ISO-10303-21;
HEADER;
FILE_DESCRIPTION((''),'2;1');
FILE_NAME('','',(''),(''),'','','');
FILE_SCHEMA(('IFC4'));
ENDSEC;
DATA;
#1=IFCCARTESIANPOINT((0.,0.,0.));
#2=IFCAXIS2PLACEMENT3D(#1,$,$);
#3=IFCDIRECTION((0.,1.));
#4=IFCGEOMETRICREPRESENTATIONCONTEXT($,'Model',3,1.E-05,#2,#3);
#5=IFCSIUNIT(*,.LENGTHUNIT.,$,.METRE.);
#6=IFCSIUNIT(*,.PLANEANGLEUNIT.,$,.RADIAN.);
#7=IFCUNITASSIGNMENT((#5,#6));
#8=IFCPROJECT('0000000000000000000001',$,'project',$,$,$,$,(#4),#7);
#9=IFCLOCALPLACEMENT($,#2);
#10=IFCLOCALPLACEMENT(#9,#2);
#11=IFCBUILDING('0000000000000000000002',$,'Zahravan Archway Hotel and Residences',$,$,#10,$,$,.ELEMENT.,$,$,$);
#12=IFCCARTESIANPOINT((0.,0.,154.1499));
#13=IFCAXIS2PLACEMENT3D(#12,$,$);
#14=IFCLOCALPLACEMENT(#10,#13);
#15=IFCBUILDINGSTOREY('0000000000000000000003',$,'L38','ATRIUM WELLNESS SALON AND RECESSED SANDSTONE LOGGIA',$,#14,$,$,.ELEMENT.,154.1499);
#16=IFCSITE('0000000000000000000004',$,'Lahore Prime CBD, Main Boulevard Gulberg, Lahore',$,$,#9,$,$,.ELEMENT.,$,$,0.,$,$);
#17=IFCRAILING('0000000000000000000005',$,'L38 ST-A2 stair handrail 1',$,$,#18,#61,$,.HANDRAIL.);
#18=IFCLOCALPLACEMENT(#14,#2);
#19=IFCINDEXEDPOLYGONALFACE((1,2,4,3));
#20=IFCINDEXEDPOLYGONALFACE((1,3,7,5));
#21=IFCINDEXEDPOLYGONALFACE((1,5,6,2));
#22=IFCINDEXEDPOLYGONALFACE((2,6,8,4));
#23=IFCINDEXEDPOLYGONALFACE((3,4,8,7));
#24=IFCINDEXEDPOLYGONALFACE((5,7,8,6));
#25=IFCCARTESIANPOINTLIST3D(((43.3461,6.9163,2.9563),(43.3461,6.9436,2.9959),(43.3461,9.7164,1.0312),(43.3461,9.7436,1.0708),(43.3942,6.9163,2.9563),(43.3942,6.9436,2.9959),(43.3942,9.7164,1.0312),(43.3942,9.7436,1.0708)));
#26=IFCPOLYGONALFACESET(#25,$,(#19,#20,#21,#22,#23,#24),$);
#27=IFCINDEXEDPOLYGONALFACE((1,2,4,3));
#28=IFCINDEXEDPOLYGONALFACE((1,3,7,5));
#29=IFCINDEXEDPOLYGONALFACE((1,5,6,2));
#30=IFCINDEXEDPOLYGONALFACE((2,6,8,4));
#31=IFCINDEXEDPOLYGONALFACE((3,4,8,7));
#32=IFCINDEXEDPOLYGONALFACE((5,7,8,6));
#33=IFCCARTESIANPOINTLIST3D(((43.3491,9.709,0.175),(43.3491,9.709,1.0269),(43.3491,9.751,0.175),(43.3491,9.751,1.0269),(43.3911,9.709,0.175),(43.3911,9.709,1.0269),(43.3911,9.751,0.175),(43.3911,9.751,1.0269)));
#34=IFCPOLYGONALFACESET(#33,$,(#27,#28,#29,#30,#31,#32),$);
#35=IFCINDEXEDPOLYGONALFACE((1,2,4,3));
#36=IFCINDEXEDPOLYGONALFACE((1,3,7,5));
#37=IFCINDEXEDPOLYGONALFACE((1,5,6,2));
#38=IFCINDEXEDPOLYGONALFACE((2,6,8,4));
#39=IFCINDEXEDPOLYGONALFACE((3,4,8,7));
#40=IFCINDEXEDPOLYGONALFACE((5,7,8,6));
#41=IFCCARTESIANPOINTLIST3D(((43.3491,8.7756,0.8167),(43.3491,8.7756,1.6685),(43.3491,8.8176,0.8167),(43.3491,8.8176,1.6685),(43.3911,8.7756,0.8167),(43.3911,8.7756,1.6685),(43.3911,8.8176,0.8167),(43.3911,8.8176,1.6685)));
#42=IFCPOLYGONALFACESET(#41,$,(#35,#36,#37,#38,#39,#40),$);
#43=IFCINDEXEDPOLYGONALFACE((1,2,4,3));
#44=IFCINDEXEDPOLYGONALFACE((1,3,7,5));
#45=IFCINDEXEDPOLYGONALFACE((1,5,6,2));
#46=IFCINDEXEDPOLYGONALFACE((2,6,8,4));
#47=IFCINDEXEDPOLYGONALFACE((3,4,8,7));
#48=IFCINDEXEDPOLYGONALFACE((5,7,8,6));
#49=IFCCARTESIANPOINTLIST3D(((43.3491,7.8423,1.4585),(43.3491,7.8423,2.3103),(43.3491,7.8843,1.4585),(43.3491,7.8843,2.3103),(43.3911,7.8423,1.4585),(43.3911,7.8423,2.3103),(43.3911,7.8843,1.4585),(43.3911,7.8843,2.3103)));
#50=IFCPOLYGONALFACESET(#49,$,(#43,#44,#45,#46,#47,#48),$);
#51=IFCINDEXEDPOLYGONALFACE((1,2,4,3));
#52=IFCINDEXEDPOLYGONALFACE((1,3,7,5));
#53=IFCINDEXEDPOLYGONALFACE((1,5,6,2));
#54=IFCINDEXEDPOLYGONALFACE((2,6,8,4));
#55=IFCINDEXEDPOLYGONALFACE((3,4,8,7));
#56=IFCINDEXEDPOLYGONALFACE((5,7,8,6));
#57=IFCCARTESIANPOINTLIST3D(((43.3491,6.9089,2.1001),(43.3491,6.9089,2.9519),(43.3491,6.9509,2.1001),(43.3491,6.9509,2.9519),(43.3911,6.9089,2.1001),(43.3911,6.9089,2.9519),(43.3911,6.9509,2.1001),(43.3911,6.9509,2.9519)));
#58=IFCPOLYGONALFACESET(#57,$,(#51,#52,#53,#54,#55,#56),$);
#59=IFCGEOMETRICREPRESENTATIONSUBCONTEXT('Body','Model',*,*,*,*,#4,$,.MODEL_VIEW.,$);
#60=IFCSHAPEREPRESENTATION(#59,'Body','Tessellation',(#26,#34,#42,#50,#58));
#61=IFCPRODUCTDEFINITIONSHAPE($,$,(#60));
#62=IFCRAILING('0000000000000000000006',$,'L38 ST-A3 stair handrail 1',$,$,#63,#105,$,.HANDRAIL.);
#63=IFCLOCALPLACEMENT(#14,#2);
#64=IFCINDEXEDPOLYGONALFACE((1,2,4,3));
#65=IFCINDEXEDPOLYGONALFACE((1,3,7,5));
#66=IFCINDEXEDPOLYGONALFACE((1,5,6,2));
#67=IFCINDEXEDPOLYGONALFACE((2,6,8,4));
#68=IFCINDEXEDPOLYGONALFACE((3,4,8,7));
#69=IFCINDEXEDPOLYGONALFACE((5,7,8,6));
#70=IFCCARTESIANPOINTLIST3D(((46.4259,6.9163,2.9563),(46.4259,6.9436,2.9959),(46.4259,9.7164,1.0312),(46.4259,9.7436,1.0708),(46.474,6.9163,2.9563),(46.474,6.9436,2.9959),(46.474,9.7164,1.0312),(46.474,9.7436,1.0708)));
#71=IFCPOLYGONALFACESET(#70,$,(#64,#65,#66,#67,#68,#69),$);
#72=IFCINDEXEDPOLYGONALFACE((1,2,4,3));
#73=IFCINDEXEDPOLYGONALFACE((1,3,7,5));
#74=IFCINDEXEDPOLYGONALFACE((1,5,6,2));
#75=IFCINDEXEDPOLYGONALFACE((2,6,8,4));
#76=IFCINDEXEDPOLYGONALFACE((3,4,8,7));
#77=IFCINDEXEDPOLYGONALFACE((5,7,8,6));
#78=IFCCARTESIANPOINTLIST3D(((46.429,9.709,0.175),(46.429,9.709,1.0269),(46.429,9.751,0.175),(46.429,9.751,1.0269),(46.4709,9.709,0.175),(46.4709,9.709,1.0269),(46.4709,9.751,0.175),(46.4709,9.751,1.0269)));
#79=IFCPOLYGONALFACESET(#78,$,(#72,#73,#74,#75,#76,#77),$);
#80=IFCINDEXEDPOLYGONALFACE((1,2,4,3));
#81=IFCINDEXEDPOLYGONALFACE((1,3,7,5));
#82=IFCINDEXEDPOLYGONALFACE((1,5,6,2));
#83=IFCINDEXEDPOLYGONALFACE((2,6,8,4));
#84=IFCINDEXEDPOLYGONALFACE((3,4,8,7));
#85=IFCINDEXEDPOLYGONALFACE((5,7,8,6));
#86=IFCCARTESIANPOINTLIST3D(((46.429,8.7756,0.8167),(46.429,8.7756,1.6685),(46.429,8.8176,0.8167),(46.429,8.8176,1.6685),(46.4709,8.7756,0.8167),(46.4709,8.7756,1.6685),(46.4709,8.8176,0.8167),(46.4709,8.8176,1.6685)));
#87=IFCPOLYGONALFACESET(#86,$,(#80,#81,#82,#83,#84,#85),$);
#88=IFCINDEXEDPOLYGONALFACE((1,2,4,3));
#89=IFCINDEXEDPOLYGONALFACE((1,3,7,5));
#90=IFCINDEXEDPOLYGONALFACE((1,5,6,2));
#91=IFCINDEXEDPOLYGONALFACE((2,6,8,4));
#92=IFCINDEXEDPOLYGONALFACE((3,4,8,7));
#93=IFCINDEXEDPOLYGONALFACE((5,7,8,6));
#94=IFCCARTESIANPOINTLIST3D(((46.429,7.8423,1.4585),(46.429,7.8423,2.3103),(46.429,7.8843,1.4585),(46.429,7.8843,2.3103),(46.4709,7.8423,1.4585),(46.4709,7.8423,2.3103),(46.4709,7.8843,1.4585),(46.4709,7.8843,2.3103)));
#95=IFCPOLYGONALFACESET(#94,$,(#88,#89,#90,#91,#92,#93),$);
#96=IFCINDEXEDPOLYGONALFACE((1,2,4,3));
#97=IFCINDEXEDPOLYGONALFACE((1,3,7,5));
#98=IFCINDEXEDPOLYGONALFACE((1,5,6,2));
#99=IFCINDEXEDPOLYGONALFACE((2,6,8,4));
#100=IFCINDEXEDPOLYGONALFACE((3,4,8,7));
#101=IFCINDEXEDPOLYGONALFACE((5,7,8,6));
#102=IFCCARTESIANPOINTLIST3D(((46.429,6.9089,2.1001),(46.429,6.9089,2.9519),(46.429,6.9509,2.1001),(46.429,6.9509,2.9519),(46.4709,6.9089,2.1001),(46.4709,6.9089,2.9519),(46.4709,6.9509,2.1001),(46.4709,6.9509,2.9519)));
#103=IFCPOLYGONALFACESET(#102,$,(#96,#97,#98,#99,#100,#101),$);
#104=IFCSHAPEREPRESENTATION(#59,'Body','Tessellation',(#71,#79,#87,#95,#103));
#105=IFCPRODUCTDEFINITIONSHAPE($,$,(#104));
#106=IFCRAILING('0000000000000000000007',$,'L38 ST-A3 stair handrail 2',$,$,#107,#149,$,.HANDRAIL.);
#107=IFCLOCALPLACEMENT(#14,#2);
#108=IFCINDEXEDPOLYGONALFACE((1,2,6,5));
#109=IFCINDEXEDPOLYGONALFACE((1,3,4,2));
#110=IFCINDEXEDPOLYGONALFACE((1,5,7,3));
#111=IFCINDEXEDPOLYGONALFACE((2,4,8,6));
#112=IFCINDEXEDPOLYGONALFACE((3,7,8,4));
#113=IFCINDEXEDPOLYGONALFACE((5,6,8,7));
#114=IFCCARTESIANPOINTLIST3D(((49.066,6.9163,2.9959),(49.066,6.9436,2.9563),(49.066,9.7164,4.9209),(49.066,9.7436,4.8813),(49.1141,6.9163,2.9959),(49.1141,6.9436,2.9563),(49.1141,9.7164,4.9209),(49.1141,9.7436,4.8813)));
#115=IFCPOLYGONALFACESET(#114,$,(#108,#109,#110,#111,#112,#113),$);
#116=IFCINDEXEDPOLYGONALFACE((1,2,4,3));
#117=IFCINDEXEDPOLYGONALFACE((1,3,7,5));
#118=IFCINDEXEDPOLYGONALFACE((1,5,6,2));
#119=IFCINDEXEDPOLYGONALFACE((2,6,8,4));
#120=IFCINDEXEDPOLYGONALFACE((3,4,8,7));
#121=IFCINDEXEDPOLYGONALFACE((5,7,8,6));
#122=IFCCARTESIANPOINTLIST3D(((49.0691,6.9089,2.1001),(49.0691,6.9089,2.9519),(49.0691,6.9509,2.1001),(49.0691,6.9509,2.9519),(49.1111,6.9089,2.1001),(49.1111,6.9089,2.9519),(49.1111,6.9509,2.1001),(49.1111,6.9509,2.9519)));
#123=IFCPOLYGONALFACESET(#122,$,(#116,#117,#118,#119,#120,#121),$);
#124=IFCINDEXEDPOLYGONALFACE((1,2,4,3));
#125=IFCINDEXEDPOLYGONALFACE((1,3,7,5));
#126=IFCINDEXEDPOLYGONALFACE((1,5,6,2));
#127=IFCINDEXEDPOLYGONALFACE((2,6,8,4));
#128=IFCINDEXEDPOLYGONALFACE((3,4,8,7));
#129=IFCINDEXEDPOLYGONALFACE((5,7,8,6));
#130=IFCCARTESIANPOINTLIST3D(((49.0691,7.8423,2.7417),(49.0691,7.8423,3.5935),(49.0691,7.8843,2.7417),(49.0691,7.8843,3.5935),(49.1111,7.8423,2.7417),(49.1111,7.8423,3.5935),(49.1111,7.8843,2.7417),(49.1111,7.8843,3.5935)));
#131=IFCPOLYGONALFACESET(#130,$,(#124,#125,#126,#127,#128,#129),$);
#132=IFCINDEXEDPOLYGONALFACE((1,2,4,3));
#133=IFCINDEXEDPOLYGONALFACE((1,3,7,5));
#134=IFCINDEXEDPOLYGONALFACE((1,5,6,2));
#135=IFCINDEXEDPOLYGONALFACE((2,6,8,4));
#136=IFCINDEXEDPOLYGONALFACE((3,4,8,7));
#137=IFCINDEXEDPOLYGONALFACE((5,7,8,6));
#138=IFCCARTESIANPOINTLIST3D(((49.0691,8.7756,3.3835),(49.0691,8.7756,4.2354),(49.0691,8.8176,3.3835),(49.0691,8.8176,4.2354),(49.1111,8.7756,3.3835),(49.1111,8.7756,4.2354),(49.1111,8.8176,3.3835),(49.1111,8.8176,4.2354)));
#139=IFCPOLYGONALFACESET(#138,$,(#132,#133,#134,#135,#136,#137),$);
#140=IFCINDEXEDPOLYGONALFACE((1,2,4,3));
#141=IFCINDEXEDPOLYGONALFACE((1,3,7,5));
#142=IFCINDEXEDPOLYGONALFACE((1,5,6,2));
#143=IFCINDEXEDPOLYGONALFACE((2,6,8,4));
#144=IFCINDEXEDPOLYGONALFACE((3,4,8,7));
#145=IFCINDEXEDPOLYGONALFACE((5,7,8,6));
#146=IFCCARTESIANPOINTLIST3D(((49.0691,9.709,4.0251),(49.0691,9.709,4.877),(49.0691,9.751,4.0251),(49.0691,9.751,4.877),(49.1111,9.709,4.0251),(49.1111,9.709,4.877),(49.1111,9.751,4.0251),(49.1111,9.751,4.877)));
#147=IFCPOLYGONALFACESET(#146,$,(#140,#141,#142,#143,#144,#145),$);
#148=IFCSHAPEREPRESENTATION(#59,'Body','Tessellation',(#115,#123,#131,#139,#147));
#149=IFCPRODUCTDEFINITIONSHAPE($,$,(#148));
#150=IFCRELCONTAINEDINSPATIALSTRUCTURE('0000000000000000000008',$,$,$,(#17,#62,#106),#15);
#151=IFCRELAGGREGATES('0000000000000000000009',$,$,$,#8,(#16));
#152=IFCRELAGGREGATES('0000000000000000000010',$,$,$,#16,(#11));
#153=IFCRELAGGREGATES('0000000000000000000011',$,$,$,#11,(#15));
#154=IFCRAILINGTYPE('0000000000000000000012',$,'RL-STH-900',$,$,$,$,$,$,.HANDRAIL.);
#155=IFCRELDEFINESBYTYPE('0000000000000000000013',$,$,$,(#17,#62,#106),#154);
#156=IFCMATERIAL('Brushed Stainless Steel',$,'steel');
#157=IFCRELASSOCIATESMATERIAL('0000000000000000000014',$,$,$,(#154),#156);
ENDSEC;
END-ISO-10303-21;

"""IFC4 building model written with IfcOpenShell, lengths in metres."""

from ifc_helpers import new_model, si_unit, direction, frame, origin, origin_2d, place, context, subcontext, project, spatial, rectangle, extrude, material, type_object, element, save


model = new_model("IFC4")

# Units and contexts
model_context = context("Model", 3, precision=1e-05, world=origin(), true_north=direction((0.0, 1.0)))
body_context = subcontext(model_context, "Body", "Model", "MODEL_VIEW")
ifc_project = project(units=[si_unit("LENGTHUNIT", "METRE"), si_unit("PLANEANGLEUNIT", "RADIAN")], contexts=[model_context])

# Site, building, storey
site_placement = place(None, origin())
site = spatial("IfcSite", under=ifc_project, at=site_placement, Name="Lahore Prime CBD, Main Boulevard Gulberg, Lahore", CompositionType="ELEMENT", RefElevation=0.0)
building_placement = place(site_placement, origin())
building = spatial("IfcBuilding", under=site, at=building_placement, Name="Zahravan Archway Hotel and Residences", CompositionType="ELEMENT")
storey_placement = place(building_placement, frame((0.0, 0.0, 154.1499)))
storey = spatial("IfcBuildingStorey", under=building, at=storey_placement, Name="L38", Description="ATRIUM WELLNESS SALON AND RECESSED SANDSTONE LOGGIA", CompositionType="ELEMENT", Elevation=154.1499)

# Railings
ifc_material_1 = material(Name="Brushed Stainless Steel", Category="steel")
railing_type_1 = type_object("IfcRailingType", Name="RL-STH-900", PredefinedType="HANDRAIL", material=ifc_material_1)
for number, where, name in (
    (1, (43.3701, 9.73, 0.175), "L38 ST-A2 stair handrail 1"),
    (2, (46.45, 9.73, 0.175), "L38 ST-A3 stair handrail 1"),
):
    element("IfcRailing", number, at=place(storey_placement, frame(where)), inside=storey, type_object=railing_type_1, Name=name, PredefinedType="HANDRAIL", context=body_context, shape_type="SweptSolid", body=[
        extrude(rectangle(XDim=0.0481, YDim=0.0481, at=origin_2d()), frame((0.0, 0.0, 0.876), z_axis=(0.0, -0.82404, 0.566532), x_axis=(1.0, 0.0, 0.0)), (0.0, 0.0, 1.0), 3.3979),
        extrude(rectangle(XDim=0.042, YDim=0.042, at=origin_2d()), origin(), (0.0, 0.0, 1.0), 0.8518),
        extrude(rectangle(XDim=0.042, YDim=0.042, at=origin_2d()), frame((0.0, -0.9333, 0.6416)), (0.0, 0.0, 1.0), 0.8518),
        extrude(rectangle(XDim=0.042, YDim=0.042, at=origin_2d()), frame((0.0, -1.8667, 1.2834)), (0.0, 0.0, 1.0), 0.8518),
        extrude(rectangle(XDim=0.042, YDim=0.042, at=origin_2d()), frame((0.0, -2.8, 1.925)), (0.0, 0.0, 1.0), 0.8518),
    ])
railing_1_placement = place(storey_placement, frame((49.0901, 6.9299, 2.1001)))
element("IfcRailing", 3, at=railing_1_placement, inside=storey, type_object=railing_type_1, Name="L38 ST-A3 stair handrail 2", PredefinedType="HANDRAIL", context=body_context, shape_type="SweptSolid", body=[
    extrude(rectangle(XDim=0.0481, YDim=0.0481, at=origin_2d()), frame((0.0, 0.0, 0.876), z_axis=(0.0, 0.82404, 0.566532), x_axis=(-1.0, 0.0, 0.0)), (0.0, 0.0, 1.0), 3.3979),
    extrude(rectangle(XDim=0.042, YDim=0.042, at=origin_2d()), origin(), (0.0, 0.0, 1.0), 0.8518),
    extrude(rectangle(XDim=0.042, YDim=0.042, at=origin_2d()), frame((0.0, 0.9333, 0.6416)), (0.0, 0.0, 1.0), 0.8518),
    extrude(rectangle(XDim=0.042, YDim=0.042, at=origin_2d()), frame((0.0, 1.8667, 1.2834)), (0.0, 0.0, 1.0), 0.8518),
    extrude(rectangle(XDim=0.042, YDim=0.042, at=origin_2d()), frame((0.0, 2.8, 1.925)), (0.0, 0.0, 1.0), 0.8518),
])

save(model, "model.ifc")
